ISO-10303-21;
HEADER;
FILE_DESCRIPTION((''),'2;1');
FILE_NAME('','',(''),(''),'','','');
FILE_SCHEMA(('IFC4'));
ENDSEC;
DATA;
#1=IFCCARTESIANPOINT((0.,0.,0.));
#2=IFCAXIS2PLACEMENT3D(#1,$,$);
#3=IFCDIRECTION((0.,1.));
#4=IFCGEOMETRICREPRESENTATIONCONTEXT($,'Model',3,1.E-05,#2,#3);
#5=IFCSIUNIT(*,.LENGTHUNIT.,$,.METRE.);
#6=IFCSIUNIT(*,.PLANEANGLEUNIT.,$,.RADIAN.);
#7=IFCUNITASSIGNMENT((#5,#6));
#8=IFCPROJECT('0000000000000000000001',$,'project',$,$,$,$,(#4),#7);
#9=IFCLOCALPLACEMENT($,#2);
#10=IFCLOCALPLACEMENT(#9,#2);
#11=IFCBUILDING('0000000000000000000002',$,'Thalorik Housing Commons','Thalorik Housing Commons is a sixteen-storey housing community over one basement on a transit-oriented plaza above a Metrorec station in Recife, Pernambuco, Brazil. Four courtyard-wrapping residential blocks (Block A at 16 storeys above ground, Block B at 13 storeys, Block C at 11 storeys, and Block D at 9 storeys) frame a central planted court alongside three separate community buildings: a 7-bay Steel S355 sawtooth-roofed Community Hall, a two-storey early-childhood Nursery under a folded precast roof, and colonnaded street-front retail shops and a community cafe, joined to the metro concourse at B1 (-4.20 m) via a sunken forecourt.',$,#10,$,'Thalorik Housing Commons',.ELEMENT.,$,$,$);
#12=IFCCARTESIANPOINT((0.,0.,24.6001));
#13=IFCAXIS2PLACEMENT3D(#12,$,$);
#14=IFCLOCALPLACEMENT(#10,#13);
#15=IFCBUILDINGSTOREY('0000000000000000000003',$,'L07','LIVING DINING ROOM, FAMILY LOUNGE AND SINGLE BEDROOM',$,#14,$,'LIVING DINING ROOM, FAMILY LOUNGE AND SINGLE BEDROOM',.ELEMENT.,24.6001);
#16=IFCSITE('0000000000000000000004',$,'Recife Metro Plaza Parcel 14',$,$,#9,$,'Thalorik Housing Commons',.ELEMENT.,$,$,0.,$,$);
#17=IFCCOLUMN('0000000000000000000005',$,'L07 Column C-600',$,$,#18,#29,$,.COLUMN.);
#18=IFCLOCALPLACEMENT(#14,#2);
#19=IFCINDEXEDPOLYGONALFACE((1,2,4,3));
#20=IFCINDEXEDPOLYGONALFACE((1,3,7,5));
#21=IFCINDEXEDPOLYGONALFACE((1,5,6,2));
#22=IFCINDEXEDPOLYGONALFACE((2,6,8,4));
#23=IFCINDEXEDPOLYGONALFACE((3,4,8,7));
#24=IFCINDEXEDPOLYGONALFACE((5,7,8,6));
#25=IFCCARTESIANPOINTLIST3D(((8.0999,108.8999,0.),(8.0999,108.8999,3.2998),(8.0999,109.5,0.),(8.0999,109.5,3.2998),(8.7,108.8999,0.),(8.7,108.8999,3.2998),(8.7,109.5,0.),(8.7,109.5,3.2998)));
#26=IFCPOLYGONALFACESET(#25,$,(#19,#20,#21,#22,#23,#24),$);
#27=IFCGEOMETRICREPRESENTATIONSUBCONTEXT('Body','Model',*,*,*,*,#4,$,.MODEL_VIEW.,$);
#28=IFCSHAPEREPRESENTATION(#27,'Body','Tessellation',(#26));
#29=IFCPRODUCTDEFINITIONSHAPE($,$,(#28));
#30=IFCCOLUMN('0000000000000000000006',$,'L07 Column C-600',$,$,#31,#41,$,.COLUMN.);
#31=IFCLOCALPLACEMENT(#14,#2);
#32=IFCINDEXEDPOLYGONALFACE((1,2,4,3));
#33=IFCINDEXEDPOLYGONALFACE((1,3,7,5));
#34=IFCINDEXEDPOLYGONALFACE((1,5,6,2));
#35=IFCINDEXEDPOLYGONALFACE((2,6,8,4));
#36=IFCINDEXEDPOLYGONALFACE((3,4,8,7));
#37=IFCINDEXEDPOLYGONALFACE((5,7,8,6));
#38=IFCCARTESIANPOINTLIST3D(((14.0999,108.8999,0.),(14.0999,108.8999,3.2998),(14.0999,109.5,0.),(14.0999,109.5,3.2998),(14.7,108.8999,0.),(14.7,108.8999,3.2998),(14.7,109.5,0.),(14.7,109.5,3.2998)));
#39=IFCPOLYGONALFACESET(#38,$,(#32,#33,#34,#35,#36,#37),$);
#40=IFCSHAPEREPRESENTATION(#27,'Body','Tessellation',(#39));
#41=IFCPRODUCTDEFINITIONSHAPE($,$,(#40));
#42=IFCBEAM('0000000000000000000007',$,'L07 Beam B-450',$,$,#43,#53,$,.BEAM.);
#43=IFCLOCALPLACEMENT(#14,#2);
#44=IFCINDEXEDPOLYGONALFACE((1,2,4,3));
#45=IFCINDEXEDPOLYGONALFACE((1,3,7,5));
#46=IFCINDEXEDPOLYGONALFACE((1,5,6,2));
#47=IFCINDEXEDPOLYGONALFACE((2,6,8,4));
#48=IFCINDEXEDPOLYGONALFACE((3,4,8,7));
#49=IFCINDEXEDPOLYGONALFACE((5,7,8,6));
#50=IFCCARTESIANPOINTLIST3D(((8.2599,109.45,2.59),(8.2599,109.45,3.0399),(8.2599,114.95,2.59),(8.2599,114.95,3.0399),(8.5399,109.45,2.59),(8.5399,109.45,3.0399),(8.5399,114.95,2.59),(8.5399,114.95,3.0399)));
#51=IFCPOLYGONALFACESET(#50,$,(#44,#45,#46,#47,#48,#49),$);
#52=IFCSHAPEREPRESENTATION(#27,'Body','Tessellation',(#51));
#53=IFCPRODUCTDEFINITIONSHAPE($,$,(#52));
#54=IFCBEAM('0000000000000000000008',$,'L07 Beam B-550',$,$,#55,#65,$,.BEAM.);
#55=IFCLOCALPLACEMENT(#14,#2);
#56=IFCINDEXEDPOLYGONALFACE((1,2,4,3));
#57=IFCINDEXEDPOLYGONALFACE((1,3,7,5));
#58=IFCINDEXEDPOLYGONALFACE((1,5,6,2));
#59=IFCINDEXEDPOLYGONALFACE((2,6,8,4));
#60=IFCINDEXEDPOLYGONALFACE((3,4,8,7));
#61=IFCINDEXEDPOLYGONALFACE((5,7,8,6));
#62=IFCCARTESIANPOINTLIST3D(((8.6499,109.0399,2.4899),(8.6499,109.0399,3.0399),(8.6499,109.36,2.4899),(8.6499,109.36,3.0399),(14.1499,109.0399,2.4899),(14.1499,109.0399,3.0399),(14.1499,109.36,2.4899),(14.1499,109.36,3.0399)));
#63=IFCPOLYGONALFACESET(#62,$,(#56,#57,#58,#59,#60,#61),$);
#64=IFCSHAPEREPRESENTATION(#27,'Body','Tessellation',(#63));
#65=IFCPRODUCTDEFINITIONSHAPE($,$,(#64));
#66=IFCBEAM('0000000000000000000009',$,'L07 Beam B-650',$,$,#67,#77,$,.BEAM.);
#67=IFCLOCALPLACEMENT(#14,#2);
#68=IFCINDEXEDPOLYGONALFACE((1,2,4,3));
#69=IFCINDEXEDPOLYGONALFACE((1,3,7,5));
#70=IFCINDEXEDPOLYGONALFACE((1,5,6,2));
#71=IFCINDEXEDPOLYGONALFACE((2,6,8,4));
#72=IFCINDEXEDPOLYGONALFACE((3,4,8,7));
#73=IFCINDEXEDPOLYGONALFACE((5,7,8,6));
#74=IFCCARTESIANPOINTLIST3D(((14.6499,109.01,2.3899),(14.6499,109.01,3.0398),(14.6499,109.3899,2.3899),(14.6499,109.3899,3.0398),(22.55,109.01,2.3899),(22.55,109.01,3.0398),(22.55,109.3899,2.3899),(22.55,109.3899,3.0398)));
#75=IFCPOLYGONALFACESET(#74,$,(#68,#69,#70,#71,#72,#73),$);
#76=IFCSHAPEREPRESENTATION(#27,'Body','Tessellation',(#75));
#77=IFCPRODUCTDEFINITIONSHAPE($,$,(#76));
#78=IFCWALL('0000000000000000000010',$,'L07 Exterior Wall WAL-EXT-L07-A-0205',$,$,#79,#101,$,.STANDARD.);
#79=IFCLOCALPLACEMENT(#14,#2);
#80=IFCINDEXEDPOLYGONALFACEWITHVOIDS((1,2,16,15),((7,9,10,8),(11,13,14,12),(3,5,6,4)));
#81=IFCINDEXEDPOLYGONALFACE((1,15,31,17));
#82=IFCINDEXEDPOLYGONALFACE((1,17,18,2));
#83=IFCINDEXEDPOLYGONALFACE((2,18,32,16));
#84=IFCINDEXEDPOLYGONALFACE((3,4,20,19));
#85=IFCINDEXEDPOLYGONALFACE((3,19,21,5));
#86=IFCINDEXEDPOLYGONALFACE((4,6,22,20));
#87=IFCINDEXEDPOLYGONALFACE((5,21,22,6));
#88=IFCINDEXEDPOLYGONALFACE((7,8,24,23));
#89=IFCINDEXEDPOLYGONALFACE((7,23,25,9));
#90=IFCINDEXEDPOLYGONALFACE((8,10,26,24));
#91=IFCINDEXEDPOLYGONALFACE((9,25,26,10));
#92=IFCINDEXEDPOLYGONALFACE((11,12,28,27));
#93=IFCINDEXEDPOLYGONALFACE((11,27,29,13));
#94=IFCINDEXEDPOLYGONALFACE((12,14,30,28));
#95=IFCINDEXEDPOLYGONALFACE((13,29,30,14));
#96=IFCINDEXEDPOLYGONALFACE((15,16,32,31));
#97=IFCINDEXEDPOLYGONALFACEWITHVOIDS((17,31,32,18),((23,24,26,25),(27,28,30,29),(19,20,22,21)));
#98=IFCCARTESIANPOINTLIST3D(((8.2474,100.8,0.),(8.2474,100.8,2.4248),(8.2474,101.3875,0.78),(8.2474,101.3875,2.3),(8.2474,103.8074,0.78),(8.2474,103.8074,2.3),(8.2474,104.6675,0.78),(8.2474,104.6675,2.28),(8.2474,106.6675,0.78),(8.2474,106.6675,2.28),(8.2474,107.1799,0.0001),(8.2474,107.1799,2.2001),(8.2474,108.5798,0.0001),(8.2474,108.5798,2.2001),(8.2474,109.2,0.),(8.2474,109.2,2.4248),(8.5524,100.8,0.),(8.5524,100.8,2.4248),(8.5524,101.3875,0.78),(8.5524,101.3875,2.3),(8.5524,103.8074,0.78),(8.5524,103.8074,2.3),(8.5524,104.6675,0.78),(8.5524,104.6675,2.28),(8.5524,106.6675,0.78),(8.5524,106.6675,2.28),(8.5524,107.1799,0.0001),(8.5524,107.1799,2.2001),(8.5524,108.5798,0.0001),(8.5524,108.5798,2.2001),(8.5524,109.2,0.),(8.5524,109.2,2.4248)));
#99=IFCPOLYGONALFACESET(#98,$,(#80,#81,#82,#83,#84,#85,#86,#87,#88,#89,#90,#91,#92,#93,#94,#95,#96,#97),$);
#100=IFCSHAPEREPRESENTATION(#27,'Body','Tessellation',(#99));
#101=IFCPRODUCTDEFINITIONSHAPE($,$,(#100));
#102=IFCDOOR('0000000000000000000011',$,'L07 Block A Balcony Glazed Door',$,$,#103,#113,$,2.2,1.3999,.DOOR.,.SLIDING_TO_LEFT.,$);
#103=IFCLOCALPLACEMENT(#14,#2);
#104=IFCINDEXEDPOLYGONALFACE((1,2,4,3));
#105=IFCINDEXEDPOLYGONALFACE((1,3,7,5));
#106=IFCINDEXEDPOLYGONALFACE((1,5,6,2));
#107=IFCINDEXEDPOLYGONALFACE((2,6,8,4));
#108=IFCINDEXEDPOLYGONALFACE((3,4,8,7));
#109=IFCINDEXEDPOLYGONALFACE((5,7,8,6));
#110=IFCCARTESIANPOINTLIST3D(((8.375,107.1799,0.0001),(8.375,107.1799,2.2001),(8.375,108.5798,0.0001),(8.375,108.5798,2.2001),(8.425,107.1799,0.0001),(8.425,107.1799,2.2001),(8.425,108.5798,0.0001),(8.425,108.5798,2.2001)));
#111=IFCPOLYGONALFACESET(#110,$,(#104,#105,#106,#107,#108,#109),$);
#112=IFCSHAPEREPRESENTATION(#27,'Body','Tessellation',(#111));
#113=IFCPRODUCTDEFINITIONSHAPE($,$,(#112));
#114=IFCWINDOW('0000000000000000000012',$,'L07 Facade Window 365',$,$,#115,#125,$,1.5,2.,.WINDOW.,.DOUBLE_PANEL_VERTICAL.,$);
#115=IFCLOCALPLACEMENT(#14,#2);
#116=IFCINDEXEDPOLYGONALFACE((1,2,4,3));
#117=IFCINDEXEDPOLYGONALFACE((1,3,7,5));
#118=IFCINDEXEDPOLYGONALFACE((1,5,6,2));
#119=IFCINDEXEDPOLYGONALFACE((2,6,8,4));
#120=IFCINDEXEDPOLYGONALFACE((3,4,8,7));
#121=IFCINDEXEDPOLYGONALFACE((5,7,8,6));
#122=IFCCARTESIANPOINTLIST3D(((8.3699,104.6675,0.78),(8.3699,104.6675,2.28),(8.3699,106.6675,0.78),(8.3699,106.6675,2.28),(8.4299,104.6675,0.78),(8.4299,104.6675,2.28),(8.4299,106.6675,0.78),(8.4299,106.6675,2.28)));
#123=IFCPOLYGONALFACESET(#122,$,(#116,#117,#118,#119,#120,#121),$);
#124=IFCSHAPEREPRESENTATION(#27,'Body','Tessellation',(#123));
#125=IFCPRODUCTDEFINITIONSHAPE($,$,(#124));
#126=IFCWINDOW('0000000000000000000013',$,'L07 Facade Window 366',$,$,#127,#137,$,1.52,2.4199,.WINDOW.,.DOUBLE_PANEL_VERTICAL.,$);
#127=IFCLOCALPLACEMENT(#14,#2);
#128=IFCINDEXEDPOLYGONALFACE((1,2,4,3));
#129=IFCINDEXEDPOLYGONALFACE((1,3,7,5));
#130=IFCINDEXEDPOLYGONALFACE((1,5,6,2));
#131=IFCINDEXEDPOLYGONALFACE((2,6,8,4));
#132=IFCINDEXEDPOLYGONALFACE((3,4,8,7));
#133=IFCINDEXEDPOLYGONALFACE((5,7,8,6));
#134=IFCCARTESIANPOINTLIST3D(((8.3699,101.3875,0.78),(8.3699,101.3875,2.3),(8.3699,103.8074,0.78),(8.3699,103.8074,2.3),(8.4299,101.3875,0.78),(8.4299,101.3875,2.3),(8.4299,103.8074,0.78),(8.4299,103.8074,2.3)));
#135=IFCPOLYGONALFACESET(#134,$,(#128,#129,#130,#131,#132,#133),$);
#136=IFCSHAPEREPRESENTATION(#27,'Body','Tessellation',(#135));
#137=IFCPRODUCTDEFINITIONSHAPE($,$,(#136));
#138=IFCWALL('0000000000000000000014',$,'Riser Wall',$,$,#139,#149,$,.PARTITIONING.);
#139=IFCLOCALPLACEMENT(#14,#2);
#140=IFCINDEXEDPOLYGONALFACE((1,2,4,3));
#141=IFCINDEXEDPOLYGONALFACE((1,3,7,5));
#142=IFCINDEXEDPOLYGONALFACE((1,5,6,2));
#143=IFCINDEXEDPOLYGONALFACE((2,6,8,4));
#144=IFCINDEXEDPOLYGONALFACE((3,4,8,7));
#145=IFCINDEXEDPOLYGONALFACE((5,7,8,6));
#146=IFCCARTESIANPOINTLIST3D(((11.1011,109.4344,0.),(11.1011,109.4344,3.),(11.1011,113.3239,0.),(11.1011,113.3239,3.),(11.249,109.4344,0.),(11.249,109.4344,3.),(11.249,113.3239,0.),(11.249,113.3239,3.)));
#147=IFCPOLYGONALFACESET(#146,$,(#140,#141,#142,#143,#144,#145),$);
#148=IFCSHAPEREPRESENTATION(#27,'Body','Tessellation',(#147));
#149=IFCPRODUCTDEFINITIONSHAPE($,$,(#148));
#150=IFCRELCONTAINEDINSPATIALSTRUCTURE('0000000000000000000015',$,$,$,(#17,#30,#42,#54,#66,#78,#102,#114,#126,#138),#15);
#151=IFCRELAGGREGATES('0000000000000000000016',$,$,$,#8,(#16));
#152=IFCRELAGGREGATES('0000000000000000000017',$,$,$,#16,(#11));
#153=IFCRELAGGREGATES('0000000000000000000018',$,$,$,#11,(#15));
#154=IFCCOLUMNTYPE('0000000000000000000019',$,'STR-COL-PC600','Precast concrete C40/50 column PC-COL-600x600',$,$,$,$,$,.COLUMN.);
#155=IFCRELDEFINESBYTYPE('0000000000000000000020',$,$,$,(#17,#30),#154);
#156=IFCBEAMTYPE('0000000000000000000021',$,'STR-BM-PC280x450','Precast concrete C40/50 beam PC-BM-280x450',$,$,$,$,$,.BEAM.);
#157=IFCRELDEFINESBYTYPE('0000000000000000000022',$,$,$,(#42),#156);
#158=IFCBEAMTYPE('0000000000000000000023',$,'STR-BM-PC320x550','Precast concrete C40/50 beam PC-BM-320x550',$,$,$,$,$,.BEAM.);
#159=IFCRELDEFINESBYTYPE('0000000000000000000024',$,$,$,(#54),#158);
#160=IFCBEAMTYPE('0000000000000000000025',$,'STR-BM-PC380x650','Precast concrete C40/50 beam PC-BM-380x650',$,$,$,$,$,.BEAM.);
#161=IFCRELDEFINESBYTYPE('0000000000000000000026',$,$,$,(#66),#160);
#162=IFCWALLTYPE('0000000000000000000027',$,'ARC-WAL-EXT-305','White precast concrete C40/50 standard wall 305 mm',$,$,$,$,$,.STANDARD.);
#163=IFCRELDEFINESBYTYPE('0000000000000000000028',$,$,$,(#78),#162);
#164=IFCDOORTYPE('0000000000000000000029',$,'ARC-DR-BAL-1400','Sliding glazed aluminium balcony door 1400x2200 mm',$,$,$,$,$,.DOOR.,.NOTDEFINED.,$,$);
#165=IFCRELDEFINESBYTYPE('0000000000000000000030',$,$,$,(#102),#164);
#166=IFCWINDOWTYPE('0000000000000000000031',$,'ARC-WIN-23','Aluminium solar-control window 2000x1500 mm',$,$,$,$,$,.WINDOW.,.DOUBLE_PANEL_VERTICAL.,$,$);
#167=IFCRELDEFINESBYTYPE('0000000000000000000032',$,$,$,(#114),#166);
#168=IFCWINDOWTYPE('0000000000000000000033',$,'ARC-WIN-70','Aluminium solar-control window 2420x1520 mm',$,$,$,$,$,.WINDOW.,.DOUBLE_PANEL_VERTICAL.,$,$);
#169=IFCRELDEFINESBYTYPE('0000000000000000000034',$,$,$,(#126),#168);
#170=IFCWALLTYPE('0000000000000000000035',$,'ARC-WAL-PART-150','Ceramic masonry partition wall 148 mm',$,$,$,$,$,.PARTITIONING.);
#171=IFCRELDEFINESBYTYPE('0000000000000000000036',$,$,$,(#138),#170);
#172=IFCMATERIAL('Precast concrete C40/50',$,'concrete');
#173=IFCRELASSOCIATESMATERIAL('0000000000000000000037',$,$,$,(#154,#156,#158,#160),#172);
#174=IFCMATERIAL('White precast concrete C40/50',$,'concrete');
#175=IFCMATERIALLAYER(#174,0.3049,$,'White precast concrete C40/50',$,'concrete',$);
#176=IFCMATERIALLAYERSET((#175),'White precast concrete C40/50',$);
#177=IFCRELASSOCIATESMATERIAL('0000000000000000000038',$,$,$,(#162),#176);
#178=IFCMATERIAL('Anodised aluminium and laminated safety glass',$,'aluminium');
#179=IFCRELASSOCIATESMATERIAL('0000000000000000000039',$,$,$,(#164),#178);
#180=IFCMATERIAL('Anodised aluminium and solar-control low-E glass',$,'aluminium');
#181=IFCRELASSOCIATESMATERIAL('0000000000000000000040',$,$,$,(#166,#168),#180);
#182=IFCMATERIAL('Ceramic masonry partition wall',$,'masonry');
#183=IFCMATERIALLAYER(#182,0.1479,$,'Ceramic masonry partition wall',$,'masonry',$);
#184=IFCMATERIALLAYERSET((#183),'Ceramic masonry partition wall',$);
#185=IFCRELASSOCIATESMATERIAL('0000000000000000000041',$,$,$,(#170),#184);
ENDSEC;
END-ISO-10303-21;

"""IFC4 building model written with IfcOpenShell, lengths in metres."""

from ifc_helpers import new_model, si_unit, direction, frame, frame_2d, origin, origin_2d, place, context, subcontext, project, spatial, rectangle, extrude, material, layer, layer_set, material_profile, profile_set, type_object, element, fill, save


model = new_model("IFC4")

# Units and contexts
model_context = context("Model", 3, precision=1e-05, world=origin(), true_north=direction((0.0, 1.0)))
body_context = subcontext(model_context, "Body", "Model", "MODEL_VIEW")
ifc_project = project(units=[si_unit("LENGTHUNIT", "METRE"), si_unit("PLANEANGLEUNIT", "RADIAN")], contexts=[model_context])

# Site, building, storey
site_placement = place(None, origin())
site = spatial("IfcSite", under=ifc_project, at=site_placement, Name="Recife Metro Plaza Parcel 14", LongName="Thalorik Housing Commons", CompositionType="ELEMENT", RefElevation=0.0)
building_placement = place(site_placement, origin())
building = spatial("IfcBuilding", under=site, at=building_placement, Name="Thalorik Housing Commons", Description="Thalorik Housing Commons is a sixteen-storey housing community over one basement on a transit-oriented plaza above a Metrorec station in Recife, Pernambuco, Brazil. Four courtyard-wrapping residential blocks (Block A at 16 storeys above ground, Block B at 13 storeys, Block C at 11 storeys, and Block D at 9 storeys) frame a central planted court alongside three separate community buildings: a 7-bay Steel S355 sawtooth-roofed Community Hall, a two-storey early-childhood Nursery under a folded precast roof, and colonnaded street-front retail shops and a community cafe, joined to the metro concourse at B1 (-4.20 m) via a sunken forecourt.", LongName="Thalorik Housing Commons", CompositionType="ELEMENT")
storey_placement = place(building_placement, frame((0.0, 0.0, 24.6001)))
storey = spatial("IfcBuildingStorey", under=building, at=storey_placement, Name="L07", Description="LIVING DINING ROOM, FAMILY LOUNGE AND SINGLE BEDROOM", LongName="LIVING DINING ROOM, FAMILY LOUNGE AND SINGLE BEDROOM", CompositionType="ELEMENT", Elevation=24.6001)

# Columns
ifc_material_1 = material(Name="Precast concrete C40/50", Category="concrete")
ifc_material_profile_1 = material_profile(ifc_material_1, rectangle(XDim=0.6001, YDim=0.6001, at=origin_2d()), Name="PC 600x600", Category="concrete")
ifc_profile_set_1 = profile_set([ifc_material_profile_1], Name="Precast concrete C40/50")
column_type = type_object("IfcColumnType", Name="STR-COL-PC600", Description="Precast concrete C40/50 column PC-COL-600x600", PredefinedType="COLUMN", material=ifc_profile_set_1)
for number, where, z_axis, x_axis, name in (
    (1, (8.3999, 109.2, 0.0), (0.0, 0.0, 1.0), (1.0, 0.0, 0.0), "L07 Column C-600"),
    (2, (14.3999, 109.2, 0.0), (0.0, 0.0, 1.0), (1.0, 0.0, 0.0), "L07 Column C-600"),
):
    element("IfcColumn", number, at=place(storey_placement, frame(where, z_axis=z_axis, x_axis=x_axis)), inside=storey, type_object=column_type, Name=name, PredefinedType="COLUMN", context=body_context, shape_type="SweptSolid", body=[
        extrude(rectangle(XDim=0.6001, YDim=0.6001, at=origin_2d()), origin(), (0.0, 0.0, 1.0), 3.2998),
    ])

# Beams
ifc_material_profile_2 = material_profile(ifc_material_1, rectangle(XDim=0.28, YDim=0.45, at=origin_2d()), Name="PC 280x450", Category="concrete")
ifc_profile_set_2 = profile_set([ifc_material_profile_2], Name="Precast concrete C40/50")
beam_type_1 = type_object("IfcBeamType", Name="STR-BM-PC280x450", Description="Precast concrete C40/50 beam PC-BM-280x450", PredefinedType="BEAM", material=ifc_profile_set_2)
beam_1_placement = place(storey_placement, frame((8.3999, 109.45, 2.8149), z_axis=(0.0, 1.0, 0.0), x_axis=(-1.0, 0.0, 0.0)))
element("IfcBeam", 3, at=beam_1_placement, inside=storey, type_object=beam_type_1, Name="L07 Beam B-450", PredefinedType="BEAM", context=body_context, shape_type="SweptSolid", body=[
    extrude(rectangle(XDim=0.28, YDim=0.45, at=origin_2d()), origin(), (0.0, 0.0, 1.0), 5.5),
])
ifc_material_profile_3 = material_profile(ifc_material_1, rectangle(XDim=0.3201, YDim=0.55, at=origin_2d()), Name="PC 320x550", Category="concrete")
ifc_profile_set_3 = profile_set([ifc_material_profile_3], Name="Precast concrete C40/50")
beam_type_2 = type_object("IfcBeamType", Name="STR-BM-PC320x550", Description="Precast concrete C40/50 beam PC-BM-320x550", PredefinedType="BEAM", material=ifc_profile_set_3)
beam_2_placement = place(storey_placement, frame((8.6499, 109.2, 2.7649), z_axis=(1.0, 0.0, 0.0), x_axis=(0.0, 1.0, 0.0)))
element("IfcBeam", 4, at=beam_2_placement, inside=storey, type_object=beam_type_2, Name="L07 Beam B-550", PredefinedType="BEAM", context=body_context, shape_type="SweptSolid", body=[
    extrude(rectangle(XDim=0.3201, YDim=0.55, at=origin_2d()), origin(), (0.0, 0.0, 1.0), 5.5),
])
ifc_material_profile_4 = material_profile(ifc_material_1, rectangle(XDim=0.3799, YDim=0.6499, at=origin_2d()), Name="PC 380x650", Category="concrete")
ifc_profile_set_4 = profile_set([ifc_material_profile_4], Name="Precast concrete C40/50")
beam_type_3 = type_object("IfcBeamType", Name="STR-BM-PC380x650", Description="Precast concrete C40/50 beam PC-BM-380x650", PredefinedType="BEAM", material=ifc_profile_set_4)
beam_3_placement = place(storey_placement, frame((14.6499, 109.2, 2.7148), z_axis=(1.0, 0.0, 0.0), x_axis=(0.0, 1.0, 0.0)))
element("IfcBeam", 5, at=beam_3_placement, inside=storey, type_object=beam_type_3, Name="L07 Beam B-650", PredefinedType="BEAM", context=body_context, shape_type="SweptSolid", body=[
    extrude(rectangle(XDim=0.3799, YDim=0.6499, at=origin_2d()), origin(), (0.0, 0.0, 1.0), 7.9001),
])

# Wall, openings, door, windows
ifc_material_2 = material(Name="White precast concrete C40/50", Category="concrete")
ifc_layer_1 = layer(ifc_material_2, 0.3049, Name="White precast concrete C40/50", Category="concrete")
ifc_layer_set_1 = layer_set([ifc_layer_1], Name="White precast concrete C40/50")
wall_type_1 = type_object("IfcWallType", Name="ARC-WAL-EXT-305", Description="White precast concrete C40/50 standard wall 305 mm", PredefinedType="STANDARD", material=ifc_layer_set_1)
wall_1_placement = place(storey_placement, frame((8.3999, 109.2, 0.0), z_axis=(0.0, 0.0, 1.0), x_axis=(0.0, -1.0, 0.0)))
wall_1 = element("IfcWall", 6, at=wall_1_placement, inside=storey, type_object=wall_type_1, Name="L07 Exterior Wall WAL-EXT-L07-A-0205", PredefinedType="STANDARD", context=body_context, shape_type="SweptSolid", body=[
    extrude(rectangle(XDim=8.3999, YDim=0.3049, at=frame_2d((4.2, 0.0))), origin(), (0.0, 0.0, 1.0), 2.4248),
])
opening_1_placement = place(wall_1_placement, frame((0.6201, 0.0, 0.0)))
opening_1 = element("IfcOpeningElement", 7, at=opening_1_placement, cuts=wall_1, PredefinedType="OPENING", context=body_context, shape_type="SweptSolid", body=[
    extrude(rectangle(XDim=1.3999, YDim=2.2, at=frame_2d((0.7, 1.1001))), frame((0.0, 0.1626, 0.0), z_axis=(0.0, -1.0, 0.0), x_axis=(1.0, 0.0, 0.0)), (0.0, 0.0, 1.0), 0.325),
])
opening_2_placement = place(wall_1_placement, frame((2.5325, 0.0, 0.78)))
opening_2 = element("IfcOpeningElement", 8, at=opening_2_placement, cuts=wall_1, PredefinedType="OPENING", context=body_context, shape_type="SweptSolid", body=[
    extrude(rectangle(XDim=2.0, YDim=1.5, at=frame_2d((1.0, 0.75))), frame((0.0, 0.1626, 0.0), z_axis=(0.0, -1.0, 0.0), x_axis=(1.0, 0.0, 0.0)), (0.0, 0.0, 1.0), 0.325),
])
opening_3_placement = place(wall_1_placement, frame((5.3926, 0.0, 0.78)))
opening_3 = element("IfcOpeningElement", 9, at=opening_3_placement, cuts=wall_1, PredefinedType="OPENING", context=body_context, shape_type="SweptSolid", body=[
    extrude(rectangle(XDim=2.4199, YDim=1.52, at=frame_2d((1.21, 0.76))), frame((0.0, 0.1626, 0.0), z_axis=(0.0, -1.0, 0.0), x_axis=(1.0, 0.0, 0.0)), (0.0, 0.0, 1.0), 0.325),
])
ifc_material_3 = material(Name="Anodised aluminium and laminated safety glass", Category="aluminium")
door_type_1 = type_object("IfcDoorType", Name="ARC-DR-BAL-1400", Description="Sliding glazed aluminium balcony door 1400x2200 mm", OperationType="NOTDEFINED", PredefinedType="DOOR", material=ifc_material_3)
door_1_placement = place(opening_1_placement, frame((1.3999, 0.0, 0.0), z_axis=(0.0, 0.0, 1.0), x_axis=(-1.0, 0.0, 0.0)))
door_1 = element("IfcDoor", 10, at=door_1_placement, inside=storey, type_object=door_type_1, Name="L07 Block A Balcony Glazed Door", OperationType="SLIDING_TO_LEFT", OverallHeight=2.2, OverallWidth=1.3999, PredefinedType="DOOR", context=body_context, shape_type="SweptSolid", body=[
    extrude(rectangle(XDim=1.3999, YDim=2.2, at=frame_2d((0.7, 1.1001))), frame((0.0, 0.0249, 0.0), z_axis=(0.0, -1.0, 0.0), x_axis=(1.0, 0.0, 0.0)), (0.0, 0.0, 1.0), 0.05),
])
fill(opening_1, door_1)
ifc_material_4 = material(Name="Anodised aluminium and solar-control low-E glass", Category="aluminium")
window_type_1 = type_object("IfcWindowType", Name="ARC-WIN-23", Description="Aluminium solar-control window 2000x1500 mm", PartitioningType="DOUBLE_PANEL_VERTICAL", PredefinedType="WINDOW", material=ifc_material_4)
window_1_placement = place(opening_2_placement, origin())
window_1 = element("IfcWindow", 11, at=window_1_placement, inside=storey, type_object=window_type_1, Name="L07 Facade Window 365", OverallHeight=1.5, OverallWidth=2.0, PartitioningType="DOUBLE_PANEL_VERTICAL", PredefinedType="WINDOW", context=body_context, shape_type="SweptSolid", body=[
    extrude(rectangle(XDim=2.0, YDim=1.5, at=frame_2d((1.0, 0.75))), frame((0.0, 0.03, 0.0), z_axis=(0.0, -1.0, 0.0), x_axis=(1.0, 0.0, 0.0)), (0.0, 0.0, 1.0), 0.0601),
])
fill(opening_2, window_1)
window_type_2 = type_object("IfcWindowType", Name="ARC-WIN-70", Description="Aluminium solar-control window 2420x1520 mm", PartitioningType="DOUBLE_PANEL_VERTICAL", PredefinedType="WINDOW", material=ifc_material_4)
window_2_placement = place(opening_3_placement, origin())
window_2 = element("IfcWindow", 12, at=window_2_placement, inside=storey, type_object=window_type_2, Name="L07 Facade Window 366", OverallHeight=1.52, OverallWidth=2.4199, PartitioningType="DOUBLE_PANEL_VERTICAL", PredefinedType="WINDOW", context=body_context, shape_type="SweptSolid", body=[
    extrude(rectangle(XDim=2.4199, YDim=1.52, at=frame_2d((1.21, 0.76))), frame((0.0, 0.03, 0.0), z_axis=(0.0, -1.0, 0.0), x_axis=(1.0, 0.0, 0.0)), (0.0, 0.0, 1.0), 0.0601),
])
fill(opening_3, window_2)

# Wall
ifc_material_5 = material(Name="Ceramic masonry partition wall", Category="masonry")
ifc_layer_2 = layer(ifc_material_5, 0.1479, Name="Ceramic masonry partition wall", Category="masonry")
ifc_layer_set_2 = layer_set([ifc_layer_2], Name="Ceramic masonry partition wall")
wall_type_2 = type_object("IfcWallType", Name="ARC-WAL-PART-150", Description="Ceramic masonry partition wall 148 mm", PredefinedType="PARTITIONING", material=ifc_layer_set_2)
wall_2_placement = place(storey_placement, frame((11.175, 113.324, 0.0), z_axis=(0.0, 0.0, 1.0), x_axis=(0.0, -1.0, 0.0)))
element("IfcWall", 13, at=wall_2_placement, inside=storey, type_object=wall_type_2, Name="Riser Wall", PredefinedType="PARTITIONING", context=body_context, shape_type="SweptSolid", body=[
    extrude(rectangle(XDim=3.8894, YDim=0.1479, at=frame_2d((1.9448, 0.0))), origin(), (0.0, 0.0, 1.0), 3.0),
])

save(model, "model.ifc")
